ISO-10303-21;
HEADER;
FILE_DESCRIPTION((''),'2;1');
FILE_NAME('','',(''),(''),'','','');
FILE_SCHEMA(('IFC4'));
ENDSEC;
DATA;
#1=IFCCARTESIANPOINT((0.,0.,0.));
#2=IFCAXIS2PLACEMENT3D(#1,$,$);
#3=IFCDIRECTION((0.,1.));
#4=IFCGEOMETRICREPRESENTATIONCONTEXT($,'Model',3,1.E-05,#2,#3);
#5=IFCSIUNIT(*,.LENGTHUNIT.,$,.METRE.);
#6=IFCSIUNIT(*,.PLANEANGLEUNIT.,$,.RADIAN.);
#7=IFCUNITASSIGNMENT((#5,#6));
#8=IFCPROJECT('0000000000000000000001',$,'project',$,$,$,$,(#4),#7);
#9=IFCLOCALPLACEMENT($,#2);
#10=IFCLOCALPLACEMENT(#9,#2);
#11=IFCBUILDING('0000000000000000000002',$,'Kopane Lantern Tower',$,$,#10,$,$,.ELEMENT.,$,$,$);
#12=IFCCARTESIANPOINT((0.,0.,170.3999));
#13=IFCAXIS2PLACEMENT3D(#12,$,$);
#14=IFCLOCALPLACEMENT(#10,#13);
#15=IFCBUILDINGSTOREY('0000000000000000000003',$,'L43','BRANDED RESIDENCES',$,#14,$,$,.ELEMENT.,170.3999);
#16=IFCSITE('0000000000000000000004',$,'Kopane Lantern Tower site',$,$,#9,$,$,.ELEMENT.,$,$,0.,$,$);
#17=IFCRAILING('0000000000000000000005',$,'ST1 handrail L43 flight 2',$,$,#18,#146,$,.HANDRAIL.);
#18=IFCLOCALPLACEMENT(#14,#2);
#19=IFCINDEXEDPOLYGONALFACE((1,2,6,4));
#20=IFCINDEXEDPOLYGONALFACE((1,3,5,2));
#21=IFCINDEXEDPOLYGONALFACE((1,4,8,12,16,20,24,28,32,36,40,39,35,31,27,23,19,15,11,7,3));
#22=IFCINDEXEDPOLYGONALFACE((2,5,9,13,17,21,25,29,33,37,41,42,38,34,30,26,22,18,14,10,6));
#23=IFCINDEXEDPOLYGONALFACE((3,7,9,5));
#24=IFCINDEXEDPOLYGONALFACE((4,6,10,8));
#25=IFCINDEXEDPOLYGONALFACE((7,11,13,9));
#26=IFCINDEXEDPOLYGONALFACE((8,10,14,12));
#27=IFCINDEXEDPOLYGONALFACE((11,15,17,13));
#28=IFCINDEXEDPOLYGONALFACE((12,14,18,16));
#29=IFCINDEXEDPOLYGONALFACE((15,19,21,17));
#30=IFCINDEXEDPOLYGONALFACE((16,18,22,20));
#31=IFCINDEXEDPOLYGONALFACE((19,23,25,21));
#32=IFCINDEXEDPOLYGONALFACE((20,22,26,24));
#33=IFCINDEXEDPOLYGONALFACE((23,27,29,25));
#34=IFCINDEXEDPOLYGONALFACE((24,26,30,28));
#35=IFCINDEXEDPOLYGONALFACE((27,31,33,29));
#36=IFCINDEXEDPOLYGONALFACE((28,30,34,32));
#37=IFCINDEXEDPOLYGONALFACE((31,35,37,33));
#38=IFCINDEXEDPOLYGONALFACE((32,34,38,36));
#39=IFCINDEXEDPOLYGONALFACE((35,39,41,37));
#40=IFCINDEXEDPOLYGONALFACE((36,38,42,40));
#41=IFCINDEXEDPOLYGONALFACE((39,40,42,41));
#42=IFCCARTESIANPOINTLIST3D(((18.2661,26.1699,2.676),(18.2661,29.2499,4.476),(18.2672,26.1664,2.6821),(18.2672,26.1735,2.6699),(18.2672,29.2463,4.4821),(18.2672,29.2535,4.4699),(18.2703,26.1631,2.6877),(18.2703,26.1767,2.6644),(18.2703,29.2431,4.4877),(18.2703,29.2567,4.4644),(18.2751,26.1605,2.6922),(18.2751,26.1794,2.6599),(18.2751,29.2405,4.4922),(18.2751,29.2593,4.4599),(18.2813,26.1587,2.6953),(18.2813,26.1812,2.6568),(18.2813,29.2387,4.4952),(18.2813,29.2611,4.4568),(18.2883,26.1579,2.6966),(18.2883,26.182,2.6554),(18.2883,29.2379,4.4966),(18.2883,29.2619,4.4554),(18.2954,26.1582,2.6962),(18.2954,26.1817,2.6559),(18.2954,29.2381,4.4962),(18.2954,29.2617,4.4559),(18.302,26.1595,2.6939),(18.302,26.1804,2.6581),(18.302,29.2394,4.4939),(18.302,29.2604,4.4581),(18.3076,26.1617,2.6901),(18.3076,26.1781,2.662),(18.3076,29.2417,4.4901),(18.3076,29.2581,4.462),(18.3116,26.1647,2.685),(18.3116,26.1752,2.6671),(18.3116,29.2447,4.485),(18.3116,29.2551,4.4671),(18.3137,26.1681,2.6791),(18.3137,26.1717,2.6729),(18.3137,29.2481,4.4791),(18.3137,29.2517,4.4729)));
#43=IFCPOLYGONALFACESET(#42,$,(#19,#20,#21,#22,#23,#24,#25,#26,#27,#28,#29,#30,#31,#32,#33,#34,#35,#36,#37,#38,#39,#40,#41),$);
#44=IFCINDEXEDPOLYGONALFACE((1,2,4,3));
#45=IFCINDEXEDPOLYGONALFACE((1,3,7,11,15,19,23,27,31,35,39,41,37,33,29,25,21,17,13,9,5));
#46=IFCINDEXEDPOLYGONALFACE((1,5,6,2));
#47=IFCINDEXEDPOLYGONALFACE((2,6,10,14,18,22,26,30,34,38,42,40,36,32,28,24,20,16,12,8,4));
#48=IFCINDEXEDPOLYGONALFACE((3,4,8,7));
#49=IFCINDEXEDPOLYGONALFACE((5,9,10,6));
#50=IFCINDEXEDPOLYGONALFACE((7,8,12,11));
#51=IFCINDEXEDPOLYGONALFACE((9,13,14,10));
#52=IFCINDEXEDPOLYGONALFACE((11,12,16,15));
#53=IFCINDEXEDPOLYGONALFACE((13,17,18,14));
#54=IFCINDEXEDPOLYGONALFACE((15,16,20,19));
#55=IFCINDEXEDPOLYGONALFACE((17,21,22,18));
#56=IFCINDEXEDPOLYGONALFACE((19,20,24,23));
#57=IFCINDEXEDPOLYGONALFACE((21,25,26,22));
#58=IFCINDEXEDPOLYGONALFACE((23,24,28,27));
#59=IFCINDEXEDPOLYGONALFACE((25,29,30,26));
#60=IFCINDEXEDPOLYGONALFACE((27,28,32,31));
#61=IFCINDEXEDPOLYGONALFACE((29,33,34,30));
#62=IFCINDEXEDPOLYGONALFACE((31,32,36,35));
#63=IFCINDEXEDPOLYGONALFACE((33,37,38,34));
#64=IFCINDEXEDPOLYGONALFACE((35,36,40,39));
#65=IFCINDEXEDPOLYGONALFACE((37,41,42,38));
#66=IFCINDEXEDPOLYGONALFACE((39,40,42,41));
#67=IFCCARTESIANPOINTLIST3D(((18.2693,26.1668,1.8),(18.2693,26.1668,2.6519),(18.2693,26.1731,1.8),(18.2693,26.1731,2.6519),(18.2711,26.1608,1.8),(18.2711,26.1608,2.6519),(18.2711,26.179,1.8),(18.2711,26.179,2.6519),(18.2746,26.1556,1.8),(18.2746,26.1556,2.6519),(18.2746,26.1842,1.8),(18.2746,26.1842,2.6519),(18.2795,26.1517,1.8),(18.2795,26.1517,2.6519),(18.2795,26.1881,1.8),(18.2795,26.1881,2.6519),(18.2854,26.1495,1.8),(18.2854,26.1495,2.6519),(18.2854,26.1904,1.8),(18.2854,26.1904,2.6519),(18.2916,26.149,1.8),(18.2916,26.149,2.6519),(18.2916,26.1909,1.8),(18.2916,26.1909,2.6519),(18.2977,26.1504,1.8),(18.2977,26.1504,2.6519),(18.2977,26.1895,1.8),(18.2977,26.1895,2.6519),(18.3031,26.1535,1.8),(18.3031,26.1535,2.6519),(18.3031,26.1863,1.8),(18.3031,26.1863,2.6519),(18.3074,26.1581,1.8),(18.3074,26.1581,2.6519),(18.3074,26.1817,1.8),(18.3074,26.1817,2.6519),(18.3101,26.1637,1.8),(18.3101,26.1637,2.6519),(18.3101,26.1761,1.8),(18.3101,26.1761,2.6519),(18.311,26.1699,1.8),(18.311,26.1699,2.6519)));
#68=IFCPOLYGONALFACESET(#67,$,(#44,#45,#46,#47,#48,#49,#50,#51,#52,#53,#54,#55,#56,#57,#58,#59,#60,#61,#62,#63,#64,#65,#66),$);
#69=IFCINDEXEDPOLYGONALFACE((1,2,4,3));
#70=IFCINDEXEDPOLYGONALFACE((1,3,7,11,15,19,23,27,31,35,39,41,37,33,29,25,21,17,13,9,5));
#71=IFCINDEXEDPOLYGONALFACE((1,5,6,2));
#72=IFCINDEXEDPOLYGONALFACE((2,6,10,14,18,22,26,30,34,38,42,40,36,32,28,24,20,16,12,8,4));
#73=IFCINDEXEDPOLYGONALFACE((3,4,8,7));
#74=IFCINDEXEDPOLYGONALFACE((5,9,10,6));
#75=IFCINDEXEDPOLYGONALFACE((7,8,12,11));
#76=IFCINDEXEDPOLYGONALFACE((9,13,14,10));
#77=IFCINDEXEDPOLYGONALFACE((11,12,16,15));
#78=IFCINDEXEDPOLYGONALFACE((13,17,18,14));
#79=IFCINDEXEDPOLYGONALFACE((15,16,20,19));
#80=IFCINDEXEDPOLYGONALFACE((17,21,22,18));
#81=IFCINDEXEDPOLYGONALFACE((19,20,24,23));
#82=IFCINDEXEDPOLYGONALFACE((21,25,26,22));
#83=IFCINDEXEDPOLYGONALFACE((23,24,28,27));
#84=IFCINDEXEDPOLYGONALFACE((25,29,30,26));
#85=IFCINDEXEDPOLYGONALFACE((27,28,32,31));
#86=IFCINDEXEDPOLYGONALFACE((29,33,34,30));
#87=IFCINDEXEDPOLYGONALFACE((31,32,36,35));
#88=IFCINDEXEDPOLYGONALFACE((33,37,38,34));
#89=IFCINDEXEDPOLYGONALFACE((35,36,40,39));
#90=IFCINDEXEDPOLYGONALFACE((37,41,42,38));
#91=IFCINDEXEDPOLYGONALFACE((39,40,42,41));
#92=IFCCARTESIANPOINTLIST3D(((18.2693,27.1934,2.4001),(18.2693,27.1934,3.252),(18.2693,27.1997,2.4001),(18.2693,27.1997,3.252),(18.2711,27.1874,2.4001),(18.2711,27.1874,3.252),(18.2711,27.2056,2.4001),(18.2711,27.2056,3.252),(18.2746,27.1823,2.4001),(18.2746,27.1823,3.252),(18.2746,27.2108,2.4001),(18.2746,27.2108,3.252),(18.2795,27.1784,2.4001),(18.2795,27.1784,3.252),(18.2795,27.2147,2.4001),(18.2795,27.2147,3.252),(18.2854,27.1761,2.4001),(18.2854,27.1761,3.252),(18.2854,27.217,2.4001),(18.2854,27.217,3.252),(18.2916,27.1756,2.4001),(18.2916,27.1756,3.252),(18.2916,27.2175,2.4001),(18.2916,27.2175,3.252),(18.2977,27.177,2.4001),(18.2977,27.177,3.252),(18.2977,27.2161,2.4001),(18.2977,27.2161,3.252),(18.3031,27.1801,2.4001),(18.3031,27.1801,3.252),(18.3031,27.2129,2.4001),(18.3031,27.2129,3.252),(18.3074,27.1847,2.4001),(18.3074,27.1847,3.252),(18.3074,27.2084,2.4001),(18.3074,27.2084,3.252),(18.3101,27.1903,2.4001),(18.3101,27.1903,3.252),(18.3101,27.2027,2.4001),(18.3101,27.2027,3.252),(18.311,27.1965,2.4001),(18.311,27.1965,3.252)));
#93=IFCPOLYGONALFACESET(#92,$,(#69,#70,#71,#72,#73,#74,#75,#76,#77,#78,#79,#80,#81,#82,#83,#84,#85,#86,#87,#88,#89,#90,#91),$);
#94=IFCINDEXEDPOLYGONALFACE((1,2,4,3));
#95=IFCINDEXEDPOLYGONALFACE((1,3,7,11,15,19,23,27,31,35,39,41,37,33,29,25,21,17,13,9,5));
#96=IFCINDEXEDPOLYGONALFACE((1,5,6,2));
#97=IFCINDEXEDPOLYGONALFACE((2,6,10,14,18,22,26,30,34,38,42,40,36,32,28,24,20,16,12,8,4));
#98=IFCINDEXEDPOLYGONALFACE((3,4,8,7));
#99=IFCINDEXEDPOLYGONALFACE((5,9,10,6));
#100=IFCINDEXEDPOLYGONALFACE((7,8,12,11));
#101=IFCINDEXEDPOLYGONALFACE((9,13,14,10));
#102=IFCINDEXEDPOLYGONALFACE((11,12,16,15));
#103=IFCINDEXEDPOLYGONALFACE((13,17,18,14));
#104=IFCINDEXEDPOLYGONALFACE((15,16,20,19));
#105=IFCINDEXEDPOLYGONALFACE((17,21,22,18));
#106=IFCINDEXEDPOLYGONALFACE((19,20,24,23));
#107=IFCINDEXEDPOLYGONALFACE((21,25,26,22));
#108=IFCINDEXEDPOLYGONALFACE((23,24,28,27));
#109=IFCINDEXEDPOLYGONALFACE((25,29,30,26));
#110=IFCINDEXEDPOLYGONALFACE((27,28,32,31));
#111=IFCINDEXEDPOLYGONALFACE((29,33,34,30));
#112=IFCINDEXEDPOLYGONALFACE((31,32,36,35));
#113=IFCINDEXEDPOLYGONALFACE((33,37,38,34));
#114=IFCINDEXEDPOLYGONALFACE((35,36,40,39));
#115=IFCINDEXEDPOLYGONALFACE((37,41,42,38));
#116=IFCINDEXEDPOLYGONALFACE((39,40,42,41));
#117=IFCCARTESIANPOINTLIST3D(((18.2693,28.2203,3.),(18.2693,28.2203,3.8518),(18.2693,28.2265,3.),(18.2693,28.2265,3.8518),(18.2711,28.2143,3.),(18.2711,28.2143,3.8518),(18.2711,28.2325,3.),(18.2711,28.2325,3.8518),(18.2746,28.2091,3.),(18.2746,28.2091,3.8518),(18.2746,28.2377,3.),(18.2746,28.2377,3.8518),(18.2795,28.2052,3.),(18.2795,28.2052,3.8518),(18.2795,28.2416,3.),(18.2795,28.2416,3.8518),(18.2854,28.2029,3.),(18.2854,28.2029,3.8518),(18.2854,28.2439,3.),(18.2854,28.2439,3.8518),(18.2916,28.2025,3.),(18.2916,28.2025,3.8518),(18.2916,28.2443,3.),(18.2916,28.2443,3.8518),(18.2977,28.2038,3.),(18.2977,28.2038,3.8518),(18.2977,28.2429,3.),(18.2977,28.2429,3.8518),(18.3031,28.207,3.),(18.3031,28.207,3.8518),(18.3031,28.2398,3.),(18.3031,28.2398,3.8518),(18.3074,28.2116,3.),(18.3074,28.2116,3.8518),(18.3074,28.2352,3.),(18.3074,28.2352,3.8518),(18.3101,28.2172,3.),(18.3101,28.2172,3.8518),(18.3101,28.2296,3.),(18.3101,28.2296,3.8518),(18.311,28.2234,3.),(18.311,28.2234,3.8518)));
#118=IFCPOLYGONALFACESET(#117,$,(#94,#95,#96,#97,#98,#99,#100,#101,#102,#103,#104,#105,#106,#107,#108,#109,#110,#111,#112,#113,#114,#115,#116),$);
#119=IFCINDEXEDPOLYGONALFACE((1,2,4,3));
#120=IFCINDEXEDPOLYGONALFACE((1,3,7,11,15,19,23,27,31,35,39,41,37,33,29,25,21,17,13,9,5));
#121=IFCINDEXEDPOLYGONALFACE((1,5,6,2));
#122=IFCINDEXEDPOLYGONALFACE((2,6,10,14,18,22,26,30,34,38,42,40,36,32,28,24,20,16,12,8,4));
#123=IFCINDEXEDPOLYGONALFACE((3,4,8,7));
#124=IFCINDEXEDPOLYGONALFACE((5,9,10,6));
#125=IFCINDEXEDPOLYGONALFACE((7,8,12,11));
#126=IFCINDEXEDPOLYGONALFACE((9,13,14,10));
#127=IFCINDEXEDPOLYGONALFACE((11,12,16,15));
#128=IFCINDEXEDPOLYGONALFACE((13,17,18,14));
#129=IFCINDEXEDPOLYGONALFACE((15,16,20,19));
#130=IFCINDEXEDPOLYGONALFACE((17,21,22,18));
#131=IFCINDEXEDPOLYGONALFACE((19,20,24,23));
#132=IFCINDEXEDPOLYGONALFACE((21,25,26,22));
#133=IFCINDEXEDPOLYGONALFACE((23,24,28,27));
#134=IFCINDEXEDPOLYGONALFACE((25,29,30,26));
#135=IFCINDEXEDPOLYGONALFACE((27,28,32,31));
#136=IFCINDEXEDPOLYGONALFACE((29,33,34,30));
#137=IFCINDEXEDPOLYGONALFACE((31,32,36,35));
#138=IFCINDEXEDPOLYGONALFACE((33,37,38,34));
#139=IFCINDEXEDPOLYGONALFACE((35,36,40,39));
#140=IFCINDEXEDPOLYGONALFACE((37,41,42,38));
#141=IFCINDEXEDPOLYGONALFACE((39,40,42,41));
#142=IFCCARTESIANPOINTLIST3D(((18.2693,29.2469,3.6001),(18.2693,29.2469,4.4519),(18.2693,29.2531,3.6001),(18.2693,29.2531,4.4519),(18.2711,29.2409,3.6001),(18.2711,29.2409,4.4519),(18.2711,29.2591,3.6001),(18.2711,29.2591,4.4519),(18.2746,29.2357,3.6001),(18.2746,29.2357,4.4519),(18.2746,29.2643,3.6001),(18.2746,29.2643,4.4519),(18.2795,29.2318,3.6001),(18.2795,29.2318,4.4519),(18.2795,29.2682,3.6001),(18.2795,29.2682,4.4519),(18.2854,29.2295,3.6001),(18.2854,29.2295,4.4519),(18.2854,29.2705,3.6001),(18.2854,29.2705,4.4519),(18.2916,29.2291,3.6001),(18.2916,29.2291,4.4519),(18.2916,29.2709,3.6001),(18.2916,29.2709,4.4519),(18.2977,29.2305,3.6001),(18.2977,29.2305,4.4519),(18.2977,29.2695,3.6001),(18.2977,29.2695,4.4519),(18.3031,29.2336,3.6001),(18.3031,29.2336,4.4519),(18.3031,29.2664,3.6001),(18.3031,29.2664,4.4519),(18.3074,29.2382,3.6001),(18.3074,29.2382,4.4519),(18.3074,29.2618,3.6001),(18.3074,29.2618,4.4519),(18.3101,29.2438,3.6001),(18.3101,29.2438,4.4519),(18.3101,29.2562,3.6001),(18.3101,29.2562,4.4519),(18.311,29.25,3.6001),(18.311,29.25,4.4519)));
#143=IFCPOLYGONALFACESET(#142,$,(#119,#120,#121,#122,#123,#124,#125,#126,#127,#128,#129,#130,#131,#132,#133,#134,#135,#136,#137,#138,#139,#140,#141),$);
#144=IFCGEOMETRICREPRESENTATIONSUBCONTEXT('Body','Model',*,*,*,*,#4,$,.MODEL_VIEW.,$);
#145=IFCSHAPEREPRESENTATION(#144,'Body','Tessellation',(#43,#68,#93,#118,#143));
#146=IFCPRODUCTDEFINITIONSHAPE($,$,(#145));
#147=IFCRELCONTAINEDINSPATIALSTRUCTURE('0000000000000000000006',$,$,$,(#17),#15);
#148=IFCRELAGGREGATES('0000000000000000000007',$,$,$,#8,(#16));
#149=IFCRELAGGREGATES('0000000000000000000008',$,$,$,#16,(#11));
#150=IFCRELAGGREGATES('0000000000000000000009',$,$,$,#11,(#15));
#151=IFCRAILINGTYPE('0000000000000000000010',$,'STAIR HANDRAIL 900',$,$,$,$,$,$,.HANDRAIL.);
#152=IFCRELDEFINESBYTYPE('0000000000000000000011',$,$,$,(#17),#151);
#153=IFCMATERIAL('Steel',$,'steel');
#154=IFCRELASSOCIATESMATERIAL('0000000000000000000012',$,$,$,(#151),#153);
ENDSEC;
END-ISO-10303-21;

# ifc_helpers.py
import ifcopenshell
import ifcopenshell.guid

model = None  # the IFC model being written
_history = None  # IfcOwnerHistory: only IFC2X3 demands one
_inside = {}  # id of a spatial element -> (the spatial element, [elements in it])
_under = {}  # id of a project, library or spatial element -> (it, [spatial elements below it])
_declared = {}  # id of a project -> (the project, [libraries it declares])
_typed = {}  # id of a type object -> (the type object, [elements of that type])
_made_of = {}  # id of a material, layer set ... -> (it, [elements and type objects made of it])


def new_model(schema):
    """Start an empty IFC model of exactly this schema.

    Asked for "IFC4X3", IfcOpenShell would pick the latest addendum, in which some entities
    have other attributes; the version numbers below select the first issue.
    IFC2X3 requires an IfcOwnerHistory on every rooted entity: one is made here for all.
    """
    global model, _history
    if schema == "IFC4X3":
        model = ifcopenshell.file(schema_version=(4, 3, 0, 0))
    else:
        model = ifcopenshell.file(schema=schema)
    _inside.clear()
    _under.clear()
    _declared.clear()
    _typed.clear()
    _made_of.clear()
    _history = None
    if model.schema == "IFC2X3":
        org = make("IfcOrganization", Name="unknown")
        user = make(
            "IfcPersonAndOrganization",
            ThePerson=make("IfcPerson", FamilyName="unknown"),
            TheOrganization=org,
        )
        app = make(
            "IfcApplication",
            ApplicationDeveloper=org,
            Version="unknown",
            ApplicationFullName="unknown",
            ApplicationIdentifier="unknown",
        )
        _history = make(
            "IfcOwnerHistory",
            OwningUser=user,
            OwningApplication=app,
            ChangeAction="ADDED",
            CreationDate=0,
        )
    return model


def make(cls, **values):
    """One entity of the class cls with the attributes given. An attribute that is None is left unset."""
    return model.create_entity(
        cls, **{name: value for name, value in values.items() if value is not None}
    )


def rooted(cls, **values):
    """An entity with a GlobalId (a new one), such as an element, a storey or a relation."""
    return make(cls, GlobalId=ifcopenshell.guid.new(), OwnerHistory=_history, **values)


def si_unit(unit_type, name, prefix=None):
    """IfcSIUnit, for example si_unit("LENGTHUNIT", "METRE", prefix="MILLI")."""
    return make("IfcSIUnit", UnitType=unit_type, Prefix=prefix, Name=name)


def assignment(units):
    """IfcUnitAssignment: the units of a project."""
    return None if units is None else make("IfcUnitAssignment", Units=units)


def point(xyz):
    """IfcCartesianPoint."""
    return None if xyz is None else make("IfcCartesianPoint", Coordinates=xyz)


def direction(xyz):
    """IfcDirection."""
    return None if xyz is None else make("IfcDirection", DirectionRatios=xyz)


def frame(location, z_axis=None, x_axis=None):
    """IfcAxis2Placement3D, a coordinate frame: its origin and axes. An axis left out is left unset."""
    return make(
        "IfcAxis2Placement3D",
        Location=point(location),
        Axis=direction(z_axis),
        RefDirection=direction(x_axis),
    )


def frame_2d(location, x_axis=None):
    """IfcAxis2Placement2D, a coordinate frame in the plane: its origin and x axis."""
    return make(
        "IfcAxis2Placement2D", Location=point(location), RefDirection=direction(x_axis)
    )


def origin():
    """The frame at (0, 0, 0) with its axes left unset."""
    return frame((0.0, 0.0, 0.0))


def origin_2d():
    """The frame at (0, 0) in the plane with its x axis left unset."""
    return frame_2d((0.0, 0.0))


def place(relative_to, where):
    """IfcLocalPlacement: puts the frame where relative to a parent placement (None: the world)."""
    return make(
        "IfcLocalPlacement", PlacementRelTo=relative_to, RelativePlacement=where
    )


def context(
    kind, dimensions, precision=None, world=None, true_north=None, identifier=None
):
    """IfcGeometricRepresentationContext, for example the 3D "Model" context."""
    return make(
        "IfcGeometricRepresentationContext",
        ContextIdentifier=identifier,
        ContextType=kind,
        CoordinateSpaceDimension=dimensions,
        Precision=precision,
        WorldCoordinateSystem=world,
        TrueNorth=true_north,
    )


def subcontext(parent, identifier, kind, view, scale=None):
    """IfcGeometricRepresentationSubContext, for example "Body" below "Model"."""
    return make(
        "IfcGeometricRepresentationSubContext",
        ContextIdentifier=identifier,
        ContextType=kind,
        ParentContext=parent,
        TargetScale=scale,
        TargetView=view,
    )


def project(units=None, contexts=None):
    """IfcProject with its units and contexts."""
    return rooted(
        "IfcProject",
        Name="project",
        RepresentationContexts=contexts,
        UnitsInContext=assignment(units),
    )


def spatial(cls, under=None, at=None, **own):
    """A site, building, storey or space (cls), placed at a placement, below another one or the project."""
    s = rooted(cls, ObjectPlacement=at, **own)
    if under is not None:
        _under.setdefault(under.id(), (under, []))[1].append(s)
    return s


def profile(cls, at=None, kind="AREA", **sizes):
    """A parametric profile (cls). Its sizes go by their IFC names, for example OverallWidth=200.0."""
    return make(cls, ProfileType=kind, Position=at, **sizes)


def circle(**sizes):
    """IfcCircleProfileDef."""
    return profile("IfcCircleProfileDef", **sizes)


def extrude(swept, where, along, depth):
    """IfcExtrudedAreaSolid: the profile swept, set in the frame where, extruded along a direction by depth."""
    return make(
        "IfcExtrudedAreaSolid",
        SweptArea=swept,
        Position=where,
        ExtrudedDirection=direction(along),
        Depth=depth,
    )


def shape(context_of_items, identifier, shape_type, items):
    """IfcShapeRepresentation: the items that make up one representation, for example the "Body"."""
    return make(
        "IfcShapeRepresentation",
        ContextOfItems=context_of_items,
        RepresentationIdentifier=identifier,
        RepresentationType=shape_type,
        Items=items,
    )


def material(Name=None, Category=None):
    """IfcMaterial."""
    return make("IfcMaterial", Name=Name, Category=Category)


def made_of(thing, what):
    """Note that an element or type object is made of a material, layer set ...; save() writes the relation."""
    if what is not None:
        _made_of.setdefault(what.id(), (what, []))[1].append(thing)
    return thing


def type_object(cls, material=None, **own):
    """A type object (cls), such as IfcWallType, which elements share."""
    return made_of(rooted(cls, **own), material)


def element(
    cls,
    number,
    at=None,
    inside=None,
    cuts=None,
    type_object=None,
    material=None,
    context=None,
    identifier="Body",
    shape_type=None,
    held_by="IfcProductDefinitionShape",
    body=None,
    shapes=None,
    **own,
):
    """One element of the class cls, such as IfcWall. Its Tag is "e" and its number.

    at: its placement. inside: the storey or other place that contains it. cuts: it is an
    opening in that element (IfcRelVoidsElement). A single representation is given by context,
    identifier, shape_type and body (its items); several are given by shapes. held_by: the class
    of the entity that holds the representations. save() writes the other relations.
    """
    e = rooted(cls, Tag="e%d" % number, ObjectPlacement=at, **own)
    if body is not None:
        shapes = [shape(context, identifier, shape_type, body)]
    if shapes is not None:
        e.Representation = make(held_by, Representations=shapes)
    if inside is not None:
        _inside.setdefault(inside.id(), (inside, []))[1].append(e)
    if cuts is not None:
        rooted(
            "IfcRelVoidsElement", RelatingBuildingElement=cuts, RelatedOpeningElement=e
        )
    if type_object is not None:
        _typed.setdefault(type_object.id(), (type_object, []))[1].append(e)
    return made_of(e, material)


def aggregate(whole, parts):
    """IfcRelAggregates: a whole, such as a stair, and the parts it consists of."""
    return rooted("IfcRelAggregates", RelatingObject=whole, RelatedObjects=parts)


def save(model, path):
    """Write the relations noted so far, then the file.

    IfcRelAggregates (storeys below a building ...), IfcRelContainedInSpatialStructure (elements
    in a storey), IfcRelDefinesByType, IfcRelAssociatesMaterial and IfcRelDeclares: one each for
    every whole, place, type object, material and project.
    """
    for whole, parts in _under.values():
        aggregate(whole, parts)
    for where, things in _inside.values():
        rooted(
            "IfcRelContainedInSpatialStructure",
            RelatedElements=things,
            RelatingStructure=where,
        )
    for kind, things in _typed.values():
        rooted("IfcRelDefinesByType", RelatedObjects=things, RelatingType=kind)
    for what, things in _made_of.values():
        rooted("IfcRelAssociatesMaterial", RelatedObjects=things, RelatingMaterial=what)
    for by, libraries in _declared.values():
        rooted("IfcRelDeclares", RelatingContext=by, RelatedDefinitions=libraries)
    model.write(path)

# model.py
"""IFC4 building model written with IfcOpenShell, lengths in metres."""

from ifc_helpers import new_model, si_unit, direction, frame, origin, origin_2d, place, context, subcontext, project, spatial, circle, extrude, material, type_object, element, save


model = new_model("IFC4")

# Units and contexts
model_context = context("Model", 3, precision=1e-05, world=origin(), true_north=direction((0.0, 1.0)))
body_context = subcontext(model_context, "Body", "Model", "MODEL_VIEW")
ifc_project = project(units=[si_unit("LENGTHUNIT", "METRE"), si_unit("PLANEANGLEUNIT", "RADIAN")], contexts=[model_context])

# Site, building, storey
site_placement = place(None, origin())
site = spatial("IfcSite", under=ifc_project, at=site_placement, Name="Kopane Lantern Tower site", CompositionType="ELEMENT", RefElevation=0.0)
building_placement = place(site_placement, origin())
building = spatial("IfcBuilding", under=site, at=building_placement, Name="Kopane Lantern Tower", CompositionType="ELEMENT")
storey_placement = place(building_placement, frame((0.0, 0.0, 170.3999)))
storey = spatial("IfcBuildingStorey", under=building, at=storey_placement, Name="L43", Description="BRANDED RESIDENCES", CompositionType="ELEMENT", Elevation=170.3999)

# Railing
ifc_material_1 = material(Name="Steel", Category="steel")
railing_type_1 = type_object("IfcRailingType", Name="STAIR HANDRAIL 900", PredefinedType="HANDRAIL", material=ifc_material_1)
for number, where, name in (
    (1, (18.29, 26.1699, 1.8), "ST1 handrail L43 flight 2"),
):
    element("IfcRailing", number, at=place(storey_placement, frame(where)), inside=storey, type_object=railing_type_1, Name=name, PredefinedType="HANDRAIL", context=body_context, shape_type="SweptSolid", body=[
        extrude(circle(Radius=0.0239, at=origin_2d()), frame((0.0, 0.0, 0.876), z_axis=(0.0, 0.863372, 0.504569), x_axis=(-1.0, 0.0, 0.0)), (0.0, 0.0, 1.0), 3.5674),
        extrude(circle(Radius=0.021, at=origin_2d()), origin(), (0.0, 0.0, 1.0), 0.8518),
        extrude(circle(Radius=0.021, at=origin_2d()), frame((0.0, 1.0266, 0.6001)), (0.0, 0.0, 1.0), 0.8518),
        extrude(circle(Radius=0.021, at=origin_2d()), frame((0.0, 2.0535, 1.2)), (0.0, 0.0, 1.0), 0.8518),
        extrude(circle(Radius=0.021, at=origin_2d()), frame((0.0, 3.0801, 1.8)), (0.0, 0.0, 1.0), 0.8518),
    ])

save(model, "model.ifc")
